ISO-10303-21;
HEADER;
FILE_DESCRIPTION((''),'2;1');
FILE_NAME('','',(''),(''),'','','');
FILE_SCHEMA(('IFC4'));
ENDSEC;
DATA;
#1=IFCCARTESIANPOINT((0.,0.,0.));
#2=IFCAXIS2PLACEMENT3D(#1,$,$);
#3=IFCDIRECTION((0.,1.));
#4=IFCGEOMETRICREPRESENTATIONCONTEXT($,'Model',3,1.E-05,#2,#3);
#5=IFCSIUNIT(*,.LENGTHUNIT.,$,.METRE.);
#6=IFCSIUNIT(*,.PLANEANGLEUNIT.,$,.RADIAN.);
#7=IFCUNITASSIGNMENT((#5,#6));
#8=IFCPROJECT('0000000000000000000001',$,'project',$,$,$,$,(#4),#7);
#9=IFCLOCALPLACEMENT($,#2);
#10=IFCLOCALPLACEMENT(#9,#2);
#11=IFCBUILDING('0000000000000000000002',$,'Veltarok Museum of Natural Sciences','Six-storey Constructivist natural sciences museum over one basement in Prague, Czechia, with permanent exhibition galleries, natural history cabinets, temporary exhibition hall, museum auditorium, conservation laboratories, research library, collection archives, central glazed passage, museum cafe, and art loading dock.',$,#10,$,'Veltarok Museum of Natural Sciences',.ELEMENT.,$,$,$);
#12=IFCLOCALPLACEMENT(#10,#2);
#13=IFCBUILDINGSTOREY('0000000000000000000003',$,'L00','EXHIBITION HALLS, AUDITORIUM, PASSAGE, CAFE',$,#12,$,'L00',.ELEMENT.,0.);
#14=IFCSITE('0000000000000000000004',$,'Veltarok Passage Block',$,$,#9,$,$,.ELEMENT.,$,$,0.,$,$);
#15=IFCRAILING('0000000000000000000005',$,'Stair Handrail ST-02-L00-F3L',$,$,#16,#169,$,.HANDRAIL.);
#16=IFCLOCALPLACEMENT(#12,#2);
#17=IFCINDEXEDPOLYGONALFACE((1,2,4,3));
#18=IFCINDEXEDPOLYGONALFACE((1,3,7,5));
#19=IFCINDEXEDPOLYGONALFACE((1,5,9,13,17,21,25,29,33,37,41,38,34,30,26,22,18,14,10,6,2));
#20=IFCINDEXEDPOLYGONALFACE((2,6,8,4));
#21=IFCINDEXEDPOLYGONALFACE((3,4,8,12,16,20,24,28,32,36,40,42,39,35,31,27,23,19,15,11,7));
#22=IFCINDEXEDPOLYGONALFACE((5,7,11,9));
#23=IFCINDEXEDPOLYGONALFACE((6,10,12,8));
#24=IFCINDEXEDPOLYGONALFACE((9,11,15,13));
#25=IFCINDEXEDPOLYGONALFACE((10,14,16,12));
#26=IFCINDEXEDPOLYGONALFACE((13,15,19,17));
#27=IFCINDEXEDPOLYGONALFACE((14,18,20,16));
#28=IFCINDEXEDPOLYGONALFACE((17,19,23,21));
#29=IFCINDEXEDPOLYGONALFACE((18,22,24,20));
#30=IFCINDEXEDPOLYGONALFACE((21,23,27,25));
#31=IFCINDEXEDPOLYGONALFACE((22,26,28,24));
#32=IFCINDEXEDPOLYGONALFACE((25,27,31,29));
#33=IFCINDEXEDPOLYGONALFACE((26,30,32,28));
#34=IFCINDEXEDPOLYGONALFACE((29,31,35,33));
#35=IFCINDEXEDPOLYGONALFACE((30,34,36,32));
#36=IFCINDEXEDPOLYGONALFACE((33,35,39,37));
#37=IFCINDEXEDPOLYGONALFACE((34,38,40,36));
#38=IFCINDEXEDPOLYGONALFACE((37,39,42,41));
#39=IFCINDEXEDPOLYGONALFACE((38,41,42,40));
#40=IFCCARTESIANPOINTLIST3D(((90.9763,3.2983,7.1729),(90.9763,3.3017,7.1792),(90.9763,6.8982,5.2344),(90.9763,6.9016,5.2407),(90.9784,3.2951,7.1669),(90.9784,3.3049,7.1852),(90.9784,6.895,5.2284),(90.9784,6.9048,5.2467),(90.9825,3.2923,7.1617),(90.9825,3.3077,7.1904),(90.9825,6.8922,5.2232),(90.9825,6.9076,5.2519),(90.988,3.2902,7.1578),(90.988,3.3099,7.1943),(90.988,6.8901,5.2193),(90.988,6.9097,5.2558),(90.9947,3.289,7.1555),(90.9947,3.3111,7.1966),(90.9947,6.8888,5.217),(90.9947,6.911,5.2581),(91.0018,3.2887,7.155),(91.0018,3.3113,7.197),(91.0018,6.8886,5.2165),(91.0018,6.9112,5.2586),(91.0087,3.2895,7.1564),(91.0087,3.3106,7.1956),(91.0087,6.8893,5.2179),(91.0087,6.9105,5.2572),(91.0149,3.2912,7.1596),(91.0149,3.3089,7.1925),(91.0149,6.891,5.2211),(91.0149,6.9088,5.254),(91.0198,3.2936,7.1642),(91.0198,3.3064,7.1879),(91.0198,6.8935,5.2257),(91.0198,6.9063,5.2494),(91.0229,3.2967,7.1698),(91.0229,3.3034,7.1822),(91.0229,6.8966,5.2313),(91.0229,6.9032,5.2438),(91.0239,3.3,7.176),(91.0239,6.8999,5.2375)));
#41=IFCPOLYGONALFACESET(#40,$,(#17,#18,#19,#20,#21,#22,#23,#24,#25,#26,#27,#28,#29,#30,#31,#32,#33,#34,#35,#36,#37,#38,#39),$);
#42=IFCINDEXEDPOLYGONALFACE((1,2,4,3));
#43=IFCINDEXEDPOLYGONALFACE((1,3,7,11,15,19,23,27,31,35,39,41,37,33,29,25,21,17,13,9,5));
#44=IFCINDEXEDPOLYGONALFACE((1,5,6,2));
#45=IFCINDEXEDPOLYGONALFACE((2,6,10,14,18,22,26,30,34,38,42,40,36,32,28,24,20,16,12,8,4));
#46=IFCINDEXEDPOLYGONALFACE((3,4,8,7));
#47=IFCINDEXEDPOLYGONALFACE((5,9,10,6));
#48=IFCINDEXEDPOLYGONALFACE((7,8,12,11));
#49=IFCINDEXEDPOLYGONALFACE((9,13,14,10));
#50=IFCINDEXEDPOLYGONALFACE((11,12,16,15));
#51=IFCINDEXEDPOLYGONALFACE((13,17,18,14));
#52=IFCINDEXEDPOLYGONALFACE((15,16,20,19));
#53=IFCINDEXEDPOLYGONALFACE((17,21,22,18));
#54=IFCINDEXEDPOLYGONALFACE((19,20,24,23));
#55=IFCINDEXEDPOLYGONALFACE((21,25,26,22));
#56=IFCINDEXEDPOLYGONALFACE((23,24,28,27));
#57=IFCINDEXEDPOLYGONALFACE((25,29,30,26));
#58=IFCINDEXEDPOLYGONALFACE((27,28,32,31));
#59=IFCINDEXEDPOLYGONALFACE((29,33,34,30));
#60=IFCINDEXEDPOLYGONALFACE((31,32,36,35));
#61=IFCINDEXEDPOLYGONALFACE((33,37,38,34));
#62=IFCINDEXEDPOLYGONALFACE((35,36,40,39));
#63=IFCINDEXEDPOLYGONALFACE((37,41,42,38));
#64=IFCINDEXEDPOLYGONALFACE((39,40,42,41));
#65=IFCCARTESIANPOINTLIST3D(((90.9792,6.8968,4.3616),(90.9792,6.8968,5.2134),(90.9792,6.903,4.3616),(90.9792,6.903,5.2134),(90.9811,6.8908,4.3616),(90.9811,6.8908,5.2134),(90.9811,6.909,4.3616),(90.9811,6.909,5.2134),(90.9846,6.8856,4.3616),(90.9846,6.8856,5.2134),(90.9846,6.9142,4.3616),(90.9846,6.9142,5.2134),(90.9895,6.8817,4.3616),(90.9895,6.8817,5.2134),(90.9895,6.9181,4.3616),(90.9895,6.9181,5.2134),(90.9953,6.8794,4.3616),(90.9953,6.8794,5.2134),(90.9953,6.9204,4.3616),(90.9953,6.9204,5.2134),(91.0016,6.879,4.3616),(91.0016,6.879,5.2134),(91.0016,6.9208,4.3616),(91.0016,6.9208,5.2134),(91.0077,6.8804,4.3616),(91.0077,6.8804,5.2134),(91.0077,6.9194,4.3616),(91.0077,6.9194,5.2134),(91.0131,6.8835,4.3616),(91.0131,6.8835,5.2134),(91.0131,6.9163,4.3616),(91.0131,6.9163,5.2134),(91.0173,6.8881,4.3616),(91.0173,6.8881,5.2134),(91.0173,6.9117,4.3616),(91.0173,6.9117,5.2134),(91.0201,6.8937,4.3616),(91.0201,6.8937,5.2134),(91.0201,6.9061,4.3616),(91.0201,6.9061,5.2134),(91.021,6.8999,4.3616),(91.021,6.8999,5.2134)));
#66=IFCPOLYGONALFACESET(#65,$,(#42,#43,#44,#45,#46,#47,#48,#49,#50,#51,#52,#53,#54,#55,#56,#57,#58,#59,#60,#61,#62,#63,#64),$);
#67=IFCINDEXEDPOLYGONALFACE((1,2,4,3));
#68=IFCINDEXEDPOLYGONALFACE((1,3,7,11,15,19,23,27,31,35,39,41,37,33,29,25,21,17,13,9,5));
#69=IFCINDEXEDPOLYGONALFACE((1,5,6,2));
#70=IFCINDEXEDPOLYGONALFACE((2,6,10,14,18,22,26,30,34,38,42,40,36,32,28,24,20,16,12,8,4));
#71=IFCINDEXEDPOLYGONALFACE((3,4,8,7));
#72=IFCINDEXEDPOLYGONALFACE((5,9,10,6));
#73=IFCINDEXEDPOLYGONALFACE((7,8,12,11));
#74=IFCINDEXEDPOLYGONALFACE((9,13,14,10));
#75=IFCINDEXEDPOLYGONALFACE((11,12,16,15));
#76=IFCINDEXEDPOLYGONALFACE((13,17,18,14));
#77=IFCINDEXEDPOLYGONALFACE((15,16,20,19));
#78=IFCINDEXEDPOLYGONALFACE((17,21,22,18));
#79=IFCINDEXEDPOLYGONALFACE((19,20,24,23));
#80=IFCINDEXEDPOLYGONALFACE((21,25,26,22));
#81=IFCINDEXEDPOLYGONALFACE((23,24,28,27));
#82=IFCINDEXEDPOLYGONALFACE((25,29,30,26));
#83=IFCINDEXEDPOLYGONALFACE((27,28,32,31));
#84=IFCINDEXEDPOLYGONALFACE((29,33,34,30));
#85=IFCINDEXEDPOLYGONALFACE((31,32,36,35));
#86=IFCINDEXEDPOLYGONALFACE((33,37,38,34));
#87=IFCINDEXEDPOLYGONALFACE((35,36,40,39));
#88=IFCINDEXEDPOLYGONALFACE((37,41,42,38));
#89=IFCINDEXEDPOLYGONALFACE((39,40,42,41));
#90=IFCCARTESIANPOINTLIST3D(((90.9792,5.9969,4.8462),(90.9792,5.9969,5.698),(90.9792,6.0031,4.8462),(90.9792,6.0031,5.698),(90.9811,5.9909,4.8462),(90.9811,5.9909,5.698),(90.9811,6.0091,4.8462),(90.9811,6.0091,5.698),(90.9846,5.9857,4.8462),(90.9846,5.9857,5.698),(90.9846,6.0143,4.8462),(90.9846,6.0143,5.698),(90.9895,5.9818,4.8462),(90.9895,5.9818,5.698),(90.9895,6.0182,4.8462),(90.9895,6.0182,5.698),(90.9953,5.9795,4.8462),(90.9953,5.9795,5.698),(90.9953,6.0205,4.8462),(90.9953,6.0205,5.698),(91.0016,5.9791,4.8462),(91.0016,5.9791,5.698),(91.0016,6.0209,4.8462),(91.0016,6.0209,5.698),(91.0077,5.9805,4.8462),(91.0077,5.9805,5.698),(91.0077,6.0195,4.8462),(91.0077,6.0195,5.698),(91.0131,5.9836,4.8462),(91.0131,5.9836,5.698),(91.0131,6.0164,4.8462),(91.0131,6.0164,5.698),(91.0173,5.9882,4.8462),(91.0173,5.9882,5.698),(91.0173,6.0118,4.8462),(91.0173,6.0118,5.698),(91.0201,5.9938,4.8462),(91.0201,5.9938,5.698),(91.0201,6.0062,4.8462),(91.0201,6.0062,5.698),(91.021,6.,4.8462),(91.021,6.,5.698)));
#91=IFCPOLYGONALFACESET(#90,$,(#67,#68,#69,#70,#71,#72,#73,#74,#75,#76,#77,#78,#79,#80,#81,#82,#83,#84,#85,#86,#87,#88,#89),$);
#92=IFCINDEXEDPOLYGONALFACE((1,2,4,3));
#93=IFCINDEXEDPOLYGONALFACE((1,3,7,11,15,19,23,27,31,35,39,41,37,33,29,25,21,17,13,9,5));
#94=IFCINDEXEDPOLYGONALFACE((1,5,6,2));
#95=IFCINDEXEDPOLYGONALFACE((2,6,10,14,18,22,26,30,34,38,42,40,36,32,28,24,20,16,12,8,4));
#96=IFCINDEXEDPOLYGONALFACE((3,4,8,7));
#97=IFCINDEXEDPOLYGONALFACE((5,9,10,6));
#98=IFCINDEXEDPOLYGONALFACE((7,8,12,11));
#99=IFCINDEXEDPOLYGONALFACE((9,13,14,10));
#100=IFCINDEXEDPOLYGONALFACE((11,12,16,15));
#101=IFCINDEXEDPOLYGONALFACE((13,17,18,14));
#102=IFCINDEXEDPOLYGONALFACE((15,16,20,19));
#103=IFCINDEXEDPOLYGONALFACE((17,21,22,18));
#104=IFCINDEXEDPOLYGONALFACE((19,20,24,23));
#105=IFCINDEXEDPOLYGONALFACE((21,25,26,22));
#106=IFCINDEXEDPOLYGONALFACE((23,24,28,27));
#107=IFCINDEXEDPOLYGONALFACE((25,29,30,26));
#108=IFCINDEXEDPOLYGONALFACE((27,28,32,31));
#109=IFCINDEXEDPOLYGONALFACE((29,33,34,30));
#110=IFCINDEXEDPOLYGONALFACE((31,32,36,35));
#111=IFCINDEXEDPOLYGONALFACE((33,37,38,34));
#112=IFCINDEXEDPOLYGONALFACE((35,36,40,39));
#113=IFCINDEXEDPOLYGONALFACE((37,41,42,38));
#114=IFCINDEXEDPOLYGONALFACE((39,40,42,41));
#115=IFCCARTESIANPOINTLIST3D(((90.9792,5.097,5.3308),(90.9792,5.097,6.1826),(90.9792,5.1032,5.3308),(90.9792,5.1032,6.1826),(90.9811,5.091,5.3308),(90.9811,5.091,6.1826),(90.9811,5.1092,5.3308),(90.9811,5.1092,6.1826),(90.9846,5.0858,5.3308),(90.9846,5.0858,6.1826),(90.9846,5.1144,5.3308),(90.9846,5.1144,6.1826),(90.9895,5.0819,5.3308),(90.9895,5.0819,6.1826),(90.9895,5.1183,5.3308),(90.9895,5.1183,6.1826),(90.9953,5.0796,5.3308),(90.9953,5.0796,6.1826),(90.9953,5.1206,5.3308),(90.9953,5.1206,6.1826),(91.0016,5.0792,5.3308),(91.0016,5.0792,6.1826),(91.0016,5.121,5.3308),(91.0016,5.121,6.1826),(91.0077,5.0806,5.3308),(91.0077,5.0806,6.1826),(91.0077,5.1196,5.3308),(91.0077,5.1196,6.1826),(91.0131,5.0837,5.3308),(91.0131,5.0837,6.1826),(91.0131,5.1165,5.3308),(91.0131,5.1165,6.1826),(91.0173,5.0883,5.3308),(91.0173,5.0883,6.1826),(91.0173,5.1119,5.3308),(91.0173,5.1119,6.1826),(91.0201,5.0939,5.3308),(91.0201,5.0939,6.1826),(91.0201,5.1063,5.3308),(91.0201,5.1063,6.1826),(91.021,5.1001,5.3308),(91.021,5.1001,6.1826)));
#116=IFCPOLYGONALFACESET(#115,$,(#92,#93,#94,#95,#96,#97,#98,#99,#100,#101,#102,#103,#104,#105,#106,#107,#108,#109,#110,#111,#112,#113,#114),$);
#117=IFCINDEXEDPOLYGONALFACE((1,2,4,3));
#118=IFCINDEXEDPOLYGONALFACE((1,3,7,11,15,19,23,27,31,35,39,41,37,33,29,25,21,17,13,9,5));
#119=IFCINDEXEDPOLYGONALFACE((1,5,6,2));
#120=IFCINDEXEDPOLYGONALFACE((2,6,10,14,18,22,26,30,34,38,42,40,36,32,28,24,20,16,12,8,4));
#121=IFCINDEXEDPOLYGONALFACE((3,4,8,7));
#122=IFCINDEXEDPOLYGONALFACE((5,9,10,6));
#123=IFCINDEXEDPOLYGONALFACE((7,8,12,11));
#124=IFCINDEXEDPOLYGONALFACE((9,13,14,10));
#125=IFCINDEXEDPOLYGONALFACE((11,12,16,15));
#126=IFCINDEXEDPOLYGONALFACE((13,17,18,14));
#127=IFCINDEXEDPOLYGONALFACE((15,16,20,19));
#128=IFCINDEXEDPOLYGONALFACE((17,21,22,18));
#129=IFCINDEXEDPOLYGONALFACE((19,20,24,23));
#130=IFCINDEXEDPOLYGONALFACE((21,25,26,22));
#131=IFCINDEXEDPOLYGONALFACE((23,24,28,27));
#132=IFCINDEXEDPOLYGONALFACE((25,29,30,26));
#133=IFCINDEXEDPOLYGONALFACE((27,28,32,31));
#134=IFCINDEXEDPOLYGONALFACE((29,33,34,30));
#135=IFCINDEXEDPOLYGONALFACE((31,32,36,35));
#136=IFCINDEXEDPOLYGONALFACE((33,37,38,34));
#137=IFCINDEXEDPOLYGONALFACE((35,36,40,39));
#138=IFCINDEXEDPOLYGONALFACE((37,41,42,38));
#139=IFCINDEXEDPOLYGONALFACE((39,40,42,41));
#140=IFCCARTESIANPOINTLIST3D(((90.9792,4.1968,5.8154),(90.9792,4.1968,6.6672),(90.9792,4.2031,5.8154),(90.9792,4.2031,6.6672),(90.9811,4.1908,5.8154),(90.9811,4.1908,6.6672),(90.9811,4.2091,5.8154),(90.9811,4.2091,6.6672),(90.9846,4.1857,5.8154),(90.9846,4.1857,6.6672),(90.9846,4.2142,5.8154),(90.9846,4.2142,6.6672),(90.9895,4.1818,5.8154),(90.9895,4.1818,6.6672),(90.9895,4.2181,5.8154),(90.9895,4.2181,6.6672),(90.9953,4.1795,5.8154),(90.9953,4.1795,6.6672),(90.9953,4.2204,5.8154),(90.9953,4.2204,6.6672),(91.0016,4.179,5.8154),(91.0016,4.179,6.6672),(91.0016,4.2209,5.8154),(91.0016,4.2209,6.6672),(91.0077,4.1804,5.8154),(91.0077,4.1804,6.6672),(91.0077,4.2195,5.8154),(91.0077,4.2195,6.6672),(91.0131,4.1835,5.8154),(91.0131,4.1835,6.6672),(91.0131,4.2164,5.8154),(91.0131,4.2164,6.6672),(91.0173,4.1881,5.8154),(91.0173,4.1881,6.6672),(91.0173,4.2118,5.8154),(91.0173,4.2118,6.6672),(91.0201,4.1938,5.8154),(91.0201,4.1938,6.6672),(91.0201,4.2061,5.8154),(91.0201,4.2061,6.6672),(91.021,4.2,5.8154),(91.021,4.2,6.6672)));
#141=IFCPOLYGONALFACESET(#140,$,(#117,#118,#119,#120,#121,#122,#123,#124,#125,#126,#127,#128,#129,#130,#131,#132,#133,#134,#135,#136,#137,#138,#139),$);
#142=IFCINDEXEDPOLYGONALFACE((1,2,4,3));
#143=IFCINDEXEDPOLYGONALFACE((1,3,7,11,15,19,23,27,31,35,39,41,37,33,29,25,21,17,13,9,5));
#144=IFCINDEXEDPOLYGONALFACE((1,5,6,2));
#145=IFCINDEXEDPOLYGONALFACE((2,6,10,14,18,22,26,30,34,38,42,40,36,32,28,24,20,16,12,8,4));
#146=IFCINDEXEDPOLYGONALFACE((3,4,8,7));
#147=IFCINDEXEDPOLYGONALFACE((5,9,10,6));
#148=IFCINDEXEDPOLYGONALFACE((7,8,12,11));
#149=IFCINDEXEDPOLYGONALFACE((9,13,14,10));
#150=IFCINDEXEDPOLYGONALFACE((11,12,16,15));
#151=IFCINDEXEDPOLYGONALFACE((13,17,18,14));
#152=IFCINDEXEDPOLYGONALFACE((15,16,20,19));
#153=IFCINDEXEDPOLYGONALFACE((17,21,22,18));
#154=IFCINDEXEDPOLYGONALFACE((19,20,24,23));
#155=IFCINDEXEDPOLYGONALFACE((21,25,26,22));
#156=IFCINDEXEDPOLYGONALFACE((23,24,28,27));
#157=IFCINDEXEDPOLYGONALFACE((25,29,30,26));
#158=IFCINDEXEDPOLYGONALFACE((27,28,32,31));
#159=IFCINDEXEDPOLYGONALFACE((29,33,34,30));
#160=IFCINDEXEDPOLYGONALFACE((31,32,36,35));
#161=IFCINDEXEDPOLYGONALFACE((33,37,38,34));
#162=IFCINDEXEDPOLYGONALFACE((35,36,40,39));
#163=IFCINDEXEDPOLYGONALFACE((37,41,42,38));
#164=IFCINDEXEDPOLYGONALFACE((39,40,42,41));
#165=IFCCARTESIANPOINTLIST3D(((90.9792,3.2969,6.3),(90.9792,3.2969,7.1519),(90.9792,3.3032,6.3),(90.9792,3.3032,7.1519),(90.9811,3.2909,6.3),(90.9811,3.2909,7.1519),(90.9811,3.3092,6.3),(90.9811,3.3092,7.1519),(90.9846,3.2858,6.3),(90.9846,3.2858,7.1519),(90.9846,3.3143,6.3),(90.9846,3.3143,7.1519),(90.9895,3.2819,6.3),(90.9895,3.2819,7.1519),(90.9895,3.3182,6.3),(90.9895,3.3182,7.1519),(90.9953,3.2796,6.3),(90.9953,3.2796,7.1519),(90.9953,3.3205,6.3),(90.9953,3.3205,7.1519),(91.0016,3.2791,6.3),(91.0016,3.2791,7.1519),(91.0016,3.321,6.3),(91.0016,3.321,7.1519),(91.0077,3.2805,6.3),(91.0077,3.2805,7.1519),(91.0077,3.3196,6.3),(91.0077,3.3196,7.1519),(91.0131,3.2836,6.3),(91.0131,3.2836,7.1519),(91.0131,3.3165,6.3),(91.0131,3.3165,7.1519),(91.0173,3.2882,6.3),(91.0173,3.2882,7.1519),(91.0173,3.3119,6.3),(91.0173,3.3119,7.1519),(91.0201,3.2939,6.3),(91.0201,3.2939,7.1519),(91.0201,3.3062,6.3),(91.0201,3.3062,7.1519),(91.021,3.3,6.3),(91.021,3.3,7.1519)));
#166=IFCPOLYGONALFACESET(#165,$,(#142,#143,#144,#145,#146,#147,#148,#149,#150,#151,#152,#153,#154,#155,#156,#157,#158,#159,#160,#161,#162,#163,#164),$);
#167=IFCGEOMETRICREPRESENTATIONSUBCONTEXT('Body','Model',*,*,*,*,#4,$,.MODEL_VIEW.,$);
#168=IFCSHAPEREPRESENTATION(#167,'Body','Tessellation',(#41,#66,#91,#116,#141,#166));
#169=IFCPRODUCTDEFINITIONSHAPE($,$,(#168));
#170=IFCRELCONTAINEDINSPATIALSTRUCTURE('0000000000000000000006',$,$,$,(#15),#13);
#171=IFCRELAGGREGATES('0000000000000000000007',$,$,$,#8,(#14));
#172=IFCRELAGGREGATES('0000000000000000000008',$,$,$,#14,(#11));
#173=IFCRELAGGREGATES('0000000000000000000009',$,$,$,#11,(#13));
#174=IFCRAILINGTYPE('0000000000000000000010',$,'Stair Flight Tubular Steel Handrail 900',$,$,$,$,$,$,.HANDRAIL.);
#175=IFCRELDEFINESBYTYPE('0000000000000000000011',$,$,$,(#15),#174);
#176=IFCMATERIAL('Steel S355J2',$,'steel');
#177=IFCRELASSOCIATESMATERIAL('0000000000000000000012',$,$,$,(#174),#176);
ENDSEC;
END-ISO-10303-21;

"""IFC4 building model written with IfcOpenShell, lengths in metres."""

from ifc_helpers import new_model, si_unit, direction, frame, origin, origin_2d, place, context, subcontext, project, spatial, circle, extrude, material, type_object, element, save


model = new_model("IFC4")

# Units and contexts
model_context = context("Model", 3, precision=1e-05, world=origin(), true_north=direction((0.0, 1.0)))
body_context = subcontext(model_context, "Body", "Model", "MODEL_VIEW")
ifc_project = project(units=[si_unit("LENGTHUNIT", "METRE"), si_unit("PLANEANGLEUNIT", "RADIAN")], contexts=[model_context])

# Site, building, storey
site_placement = place(None, origin())
site = spatial("IfcSite", under=ifc_project, at=site_placement, Name="Veltarok Passage Block", CompositionType="ELEMENT", RefElevation=0.0)
building_placement = place(site_placement, origin())
building = spatial("IfcBuilding", under=site, at=building_placement, Name="Veltarok Museum of Natural Sciences", Description="Six-storey Constructivist natural sciences museum over one basement in Prague, Czechia, with permanent exhibition galleries, natural history cabinets, temporary exhibition hall, museum auditorium, conservation laboratories, research library, collection archives, central glazed passage, museum cafe, and art loading dock.", LongName="Veltarok Museum of Natural Sciences", CompositionType="ELEMENT")
storey_placement = place(building_placement, origin())
storey = spatial("IfcBuildingStorey", under=building, at=storey_placement, Name="L00", Description="EXHIBITION HALLS, AUDITORIUM, PASSAGE, CAFE", LongName="L00", CompositionType="ELEMENT", Elevation=0.0)

# Shared definitions
ifc_material_1 = material(Name="Steel S355J2", Category="steel")

# Railing
railing_type = type_object("IfcRailingType", Name="Stair Flight Tubular Steel Handrail 900", PredefinedType="HANDRAIL", material=ifc_material_1)
for number, where, name in (
    (1, (91.0, 6.8999, 4.3616), "Stair Handrail ST-02-L00-F3L"),
):
    element("IfcRailing", number, at=place(storey_placement, frame(where)), inside=storey, type_object=railing_type, Name=name, PredefinedType="HANDRAIL", context=body_context, shape_type="SweptSolid", body=[
        extrude(circle(Radius=0.0239, at=origin_2d()), frame((0.0, 0.0, 0.876), z_axis=(0.0, -0.880462, 0.474118), x_axis=(1.0, 0.0, 0.0)), (0.0, 0.0, 1.0), 4.0886),
        extrude(circle(Radius=0.021, at=origin_2d()), origin(), (0.0, 0.0, 1.0), 0.8518),
        extrude(circle(Radius=0.021, at=origin_2d()), frame((0.0, -0.8999, 0.4846)), (0.0, 0.0, 1.0), 0.8518),
        extrude(circle(Radius=0.021, at=origin_2d()), frame((0.0, -1.7998, 0.9692)), (0.0, 0.0, 1.0), 0.8518),
        extrude(circle(Radius=0.021, at=origin_2d()), frame((0.0, -2.7, 1.4539)), (0.0, 0.0, 1.0), 0.8518),
        extrude(circle(Radius=0.021, at=origin_2d()), frame((0.0, -3.5999, 1.9385)), (0.0, 0.0, 1.0), 0.8518),
    ])

save(model, "model.ifc")
